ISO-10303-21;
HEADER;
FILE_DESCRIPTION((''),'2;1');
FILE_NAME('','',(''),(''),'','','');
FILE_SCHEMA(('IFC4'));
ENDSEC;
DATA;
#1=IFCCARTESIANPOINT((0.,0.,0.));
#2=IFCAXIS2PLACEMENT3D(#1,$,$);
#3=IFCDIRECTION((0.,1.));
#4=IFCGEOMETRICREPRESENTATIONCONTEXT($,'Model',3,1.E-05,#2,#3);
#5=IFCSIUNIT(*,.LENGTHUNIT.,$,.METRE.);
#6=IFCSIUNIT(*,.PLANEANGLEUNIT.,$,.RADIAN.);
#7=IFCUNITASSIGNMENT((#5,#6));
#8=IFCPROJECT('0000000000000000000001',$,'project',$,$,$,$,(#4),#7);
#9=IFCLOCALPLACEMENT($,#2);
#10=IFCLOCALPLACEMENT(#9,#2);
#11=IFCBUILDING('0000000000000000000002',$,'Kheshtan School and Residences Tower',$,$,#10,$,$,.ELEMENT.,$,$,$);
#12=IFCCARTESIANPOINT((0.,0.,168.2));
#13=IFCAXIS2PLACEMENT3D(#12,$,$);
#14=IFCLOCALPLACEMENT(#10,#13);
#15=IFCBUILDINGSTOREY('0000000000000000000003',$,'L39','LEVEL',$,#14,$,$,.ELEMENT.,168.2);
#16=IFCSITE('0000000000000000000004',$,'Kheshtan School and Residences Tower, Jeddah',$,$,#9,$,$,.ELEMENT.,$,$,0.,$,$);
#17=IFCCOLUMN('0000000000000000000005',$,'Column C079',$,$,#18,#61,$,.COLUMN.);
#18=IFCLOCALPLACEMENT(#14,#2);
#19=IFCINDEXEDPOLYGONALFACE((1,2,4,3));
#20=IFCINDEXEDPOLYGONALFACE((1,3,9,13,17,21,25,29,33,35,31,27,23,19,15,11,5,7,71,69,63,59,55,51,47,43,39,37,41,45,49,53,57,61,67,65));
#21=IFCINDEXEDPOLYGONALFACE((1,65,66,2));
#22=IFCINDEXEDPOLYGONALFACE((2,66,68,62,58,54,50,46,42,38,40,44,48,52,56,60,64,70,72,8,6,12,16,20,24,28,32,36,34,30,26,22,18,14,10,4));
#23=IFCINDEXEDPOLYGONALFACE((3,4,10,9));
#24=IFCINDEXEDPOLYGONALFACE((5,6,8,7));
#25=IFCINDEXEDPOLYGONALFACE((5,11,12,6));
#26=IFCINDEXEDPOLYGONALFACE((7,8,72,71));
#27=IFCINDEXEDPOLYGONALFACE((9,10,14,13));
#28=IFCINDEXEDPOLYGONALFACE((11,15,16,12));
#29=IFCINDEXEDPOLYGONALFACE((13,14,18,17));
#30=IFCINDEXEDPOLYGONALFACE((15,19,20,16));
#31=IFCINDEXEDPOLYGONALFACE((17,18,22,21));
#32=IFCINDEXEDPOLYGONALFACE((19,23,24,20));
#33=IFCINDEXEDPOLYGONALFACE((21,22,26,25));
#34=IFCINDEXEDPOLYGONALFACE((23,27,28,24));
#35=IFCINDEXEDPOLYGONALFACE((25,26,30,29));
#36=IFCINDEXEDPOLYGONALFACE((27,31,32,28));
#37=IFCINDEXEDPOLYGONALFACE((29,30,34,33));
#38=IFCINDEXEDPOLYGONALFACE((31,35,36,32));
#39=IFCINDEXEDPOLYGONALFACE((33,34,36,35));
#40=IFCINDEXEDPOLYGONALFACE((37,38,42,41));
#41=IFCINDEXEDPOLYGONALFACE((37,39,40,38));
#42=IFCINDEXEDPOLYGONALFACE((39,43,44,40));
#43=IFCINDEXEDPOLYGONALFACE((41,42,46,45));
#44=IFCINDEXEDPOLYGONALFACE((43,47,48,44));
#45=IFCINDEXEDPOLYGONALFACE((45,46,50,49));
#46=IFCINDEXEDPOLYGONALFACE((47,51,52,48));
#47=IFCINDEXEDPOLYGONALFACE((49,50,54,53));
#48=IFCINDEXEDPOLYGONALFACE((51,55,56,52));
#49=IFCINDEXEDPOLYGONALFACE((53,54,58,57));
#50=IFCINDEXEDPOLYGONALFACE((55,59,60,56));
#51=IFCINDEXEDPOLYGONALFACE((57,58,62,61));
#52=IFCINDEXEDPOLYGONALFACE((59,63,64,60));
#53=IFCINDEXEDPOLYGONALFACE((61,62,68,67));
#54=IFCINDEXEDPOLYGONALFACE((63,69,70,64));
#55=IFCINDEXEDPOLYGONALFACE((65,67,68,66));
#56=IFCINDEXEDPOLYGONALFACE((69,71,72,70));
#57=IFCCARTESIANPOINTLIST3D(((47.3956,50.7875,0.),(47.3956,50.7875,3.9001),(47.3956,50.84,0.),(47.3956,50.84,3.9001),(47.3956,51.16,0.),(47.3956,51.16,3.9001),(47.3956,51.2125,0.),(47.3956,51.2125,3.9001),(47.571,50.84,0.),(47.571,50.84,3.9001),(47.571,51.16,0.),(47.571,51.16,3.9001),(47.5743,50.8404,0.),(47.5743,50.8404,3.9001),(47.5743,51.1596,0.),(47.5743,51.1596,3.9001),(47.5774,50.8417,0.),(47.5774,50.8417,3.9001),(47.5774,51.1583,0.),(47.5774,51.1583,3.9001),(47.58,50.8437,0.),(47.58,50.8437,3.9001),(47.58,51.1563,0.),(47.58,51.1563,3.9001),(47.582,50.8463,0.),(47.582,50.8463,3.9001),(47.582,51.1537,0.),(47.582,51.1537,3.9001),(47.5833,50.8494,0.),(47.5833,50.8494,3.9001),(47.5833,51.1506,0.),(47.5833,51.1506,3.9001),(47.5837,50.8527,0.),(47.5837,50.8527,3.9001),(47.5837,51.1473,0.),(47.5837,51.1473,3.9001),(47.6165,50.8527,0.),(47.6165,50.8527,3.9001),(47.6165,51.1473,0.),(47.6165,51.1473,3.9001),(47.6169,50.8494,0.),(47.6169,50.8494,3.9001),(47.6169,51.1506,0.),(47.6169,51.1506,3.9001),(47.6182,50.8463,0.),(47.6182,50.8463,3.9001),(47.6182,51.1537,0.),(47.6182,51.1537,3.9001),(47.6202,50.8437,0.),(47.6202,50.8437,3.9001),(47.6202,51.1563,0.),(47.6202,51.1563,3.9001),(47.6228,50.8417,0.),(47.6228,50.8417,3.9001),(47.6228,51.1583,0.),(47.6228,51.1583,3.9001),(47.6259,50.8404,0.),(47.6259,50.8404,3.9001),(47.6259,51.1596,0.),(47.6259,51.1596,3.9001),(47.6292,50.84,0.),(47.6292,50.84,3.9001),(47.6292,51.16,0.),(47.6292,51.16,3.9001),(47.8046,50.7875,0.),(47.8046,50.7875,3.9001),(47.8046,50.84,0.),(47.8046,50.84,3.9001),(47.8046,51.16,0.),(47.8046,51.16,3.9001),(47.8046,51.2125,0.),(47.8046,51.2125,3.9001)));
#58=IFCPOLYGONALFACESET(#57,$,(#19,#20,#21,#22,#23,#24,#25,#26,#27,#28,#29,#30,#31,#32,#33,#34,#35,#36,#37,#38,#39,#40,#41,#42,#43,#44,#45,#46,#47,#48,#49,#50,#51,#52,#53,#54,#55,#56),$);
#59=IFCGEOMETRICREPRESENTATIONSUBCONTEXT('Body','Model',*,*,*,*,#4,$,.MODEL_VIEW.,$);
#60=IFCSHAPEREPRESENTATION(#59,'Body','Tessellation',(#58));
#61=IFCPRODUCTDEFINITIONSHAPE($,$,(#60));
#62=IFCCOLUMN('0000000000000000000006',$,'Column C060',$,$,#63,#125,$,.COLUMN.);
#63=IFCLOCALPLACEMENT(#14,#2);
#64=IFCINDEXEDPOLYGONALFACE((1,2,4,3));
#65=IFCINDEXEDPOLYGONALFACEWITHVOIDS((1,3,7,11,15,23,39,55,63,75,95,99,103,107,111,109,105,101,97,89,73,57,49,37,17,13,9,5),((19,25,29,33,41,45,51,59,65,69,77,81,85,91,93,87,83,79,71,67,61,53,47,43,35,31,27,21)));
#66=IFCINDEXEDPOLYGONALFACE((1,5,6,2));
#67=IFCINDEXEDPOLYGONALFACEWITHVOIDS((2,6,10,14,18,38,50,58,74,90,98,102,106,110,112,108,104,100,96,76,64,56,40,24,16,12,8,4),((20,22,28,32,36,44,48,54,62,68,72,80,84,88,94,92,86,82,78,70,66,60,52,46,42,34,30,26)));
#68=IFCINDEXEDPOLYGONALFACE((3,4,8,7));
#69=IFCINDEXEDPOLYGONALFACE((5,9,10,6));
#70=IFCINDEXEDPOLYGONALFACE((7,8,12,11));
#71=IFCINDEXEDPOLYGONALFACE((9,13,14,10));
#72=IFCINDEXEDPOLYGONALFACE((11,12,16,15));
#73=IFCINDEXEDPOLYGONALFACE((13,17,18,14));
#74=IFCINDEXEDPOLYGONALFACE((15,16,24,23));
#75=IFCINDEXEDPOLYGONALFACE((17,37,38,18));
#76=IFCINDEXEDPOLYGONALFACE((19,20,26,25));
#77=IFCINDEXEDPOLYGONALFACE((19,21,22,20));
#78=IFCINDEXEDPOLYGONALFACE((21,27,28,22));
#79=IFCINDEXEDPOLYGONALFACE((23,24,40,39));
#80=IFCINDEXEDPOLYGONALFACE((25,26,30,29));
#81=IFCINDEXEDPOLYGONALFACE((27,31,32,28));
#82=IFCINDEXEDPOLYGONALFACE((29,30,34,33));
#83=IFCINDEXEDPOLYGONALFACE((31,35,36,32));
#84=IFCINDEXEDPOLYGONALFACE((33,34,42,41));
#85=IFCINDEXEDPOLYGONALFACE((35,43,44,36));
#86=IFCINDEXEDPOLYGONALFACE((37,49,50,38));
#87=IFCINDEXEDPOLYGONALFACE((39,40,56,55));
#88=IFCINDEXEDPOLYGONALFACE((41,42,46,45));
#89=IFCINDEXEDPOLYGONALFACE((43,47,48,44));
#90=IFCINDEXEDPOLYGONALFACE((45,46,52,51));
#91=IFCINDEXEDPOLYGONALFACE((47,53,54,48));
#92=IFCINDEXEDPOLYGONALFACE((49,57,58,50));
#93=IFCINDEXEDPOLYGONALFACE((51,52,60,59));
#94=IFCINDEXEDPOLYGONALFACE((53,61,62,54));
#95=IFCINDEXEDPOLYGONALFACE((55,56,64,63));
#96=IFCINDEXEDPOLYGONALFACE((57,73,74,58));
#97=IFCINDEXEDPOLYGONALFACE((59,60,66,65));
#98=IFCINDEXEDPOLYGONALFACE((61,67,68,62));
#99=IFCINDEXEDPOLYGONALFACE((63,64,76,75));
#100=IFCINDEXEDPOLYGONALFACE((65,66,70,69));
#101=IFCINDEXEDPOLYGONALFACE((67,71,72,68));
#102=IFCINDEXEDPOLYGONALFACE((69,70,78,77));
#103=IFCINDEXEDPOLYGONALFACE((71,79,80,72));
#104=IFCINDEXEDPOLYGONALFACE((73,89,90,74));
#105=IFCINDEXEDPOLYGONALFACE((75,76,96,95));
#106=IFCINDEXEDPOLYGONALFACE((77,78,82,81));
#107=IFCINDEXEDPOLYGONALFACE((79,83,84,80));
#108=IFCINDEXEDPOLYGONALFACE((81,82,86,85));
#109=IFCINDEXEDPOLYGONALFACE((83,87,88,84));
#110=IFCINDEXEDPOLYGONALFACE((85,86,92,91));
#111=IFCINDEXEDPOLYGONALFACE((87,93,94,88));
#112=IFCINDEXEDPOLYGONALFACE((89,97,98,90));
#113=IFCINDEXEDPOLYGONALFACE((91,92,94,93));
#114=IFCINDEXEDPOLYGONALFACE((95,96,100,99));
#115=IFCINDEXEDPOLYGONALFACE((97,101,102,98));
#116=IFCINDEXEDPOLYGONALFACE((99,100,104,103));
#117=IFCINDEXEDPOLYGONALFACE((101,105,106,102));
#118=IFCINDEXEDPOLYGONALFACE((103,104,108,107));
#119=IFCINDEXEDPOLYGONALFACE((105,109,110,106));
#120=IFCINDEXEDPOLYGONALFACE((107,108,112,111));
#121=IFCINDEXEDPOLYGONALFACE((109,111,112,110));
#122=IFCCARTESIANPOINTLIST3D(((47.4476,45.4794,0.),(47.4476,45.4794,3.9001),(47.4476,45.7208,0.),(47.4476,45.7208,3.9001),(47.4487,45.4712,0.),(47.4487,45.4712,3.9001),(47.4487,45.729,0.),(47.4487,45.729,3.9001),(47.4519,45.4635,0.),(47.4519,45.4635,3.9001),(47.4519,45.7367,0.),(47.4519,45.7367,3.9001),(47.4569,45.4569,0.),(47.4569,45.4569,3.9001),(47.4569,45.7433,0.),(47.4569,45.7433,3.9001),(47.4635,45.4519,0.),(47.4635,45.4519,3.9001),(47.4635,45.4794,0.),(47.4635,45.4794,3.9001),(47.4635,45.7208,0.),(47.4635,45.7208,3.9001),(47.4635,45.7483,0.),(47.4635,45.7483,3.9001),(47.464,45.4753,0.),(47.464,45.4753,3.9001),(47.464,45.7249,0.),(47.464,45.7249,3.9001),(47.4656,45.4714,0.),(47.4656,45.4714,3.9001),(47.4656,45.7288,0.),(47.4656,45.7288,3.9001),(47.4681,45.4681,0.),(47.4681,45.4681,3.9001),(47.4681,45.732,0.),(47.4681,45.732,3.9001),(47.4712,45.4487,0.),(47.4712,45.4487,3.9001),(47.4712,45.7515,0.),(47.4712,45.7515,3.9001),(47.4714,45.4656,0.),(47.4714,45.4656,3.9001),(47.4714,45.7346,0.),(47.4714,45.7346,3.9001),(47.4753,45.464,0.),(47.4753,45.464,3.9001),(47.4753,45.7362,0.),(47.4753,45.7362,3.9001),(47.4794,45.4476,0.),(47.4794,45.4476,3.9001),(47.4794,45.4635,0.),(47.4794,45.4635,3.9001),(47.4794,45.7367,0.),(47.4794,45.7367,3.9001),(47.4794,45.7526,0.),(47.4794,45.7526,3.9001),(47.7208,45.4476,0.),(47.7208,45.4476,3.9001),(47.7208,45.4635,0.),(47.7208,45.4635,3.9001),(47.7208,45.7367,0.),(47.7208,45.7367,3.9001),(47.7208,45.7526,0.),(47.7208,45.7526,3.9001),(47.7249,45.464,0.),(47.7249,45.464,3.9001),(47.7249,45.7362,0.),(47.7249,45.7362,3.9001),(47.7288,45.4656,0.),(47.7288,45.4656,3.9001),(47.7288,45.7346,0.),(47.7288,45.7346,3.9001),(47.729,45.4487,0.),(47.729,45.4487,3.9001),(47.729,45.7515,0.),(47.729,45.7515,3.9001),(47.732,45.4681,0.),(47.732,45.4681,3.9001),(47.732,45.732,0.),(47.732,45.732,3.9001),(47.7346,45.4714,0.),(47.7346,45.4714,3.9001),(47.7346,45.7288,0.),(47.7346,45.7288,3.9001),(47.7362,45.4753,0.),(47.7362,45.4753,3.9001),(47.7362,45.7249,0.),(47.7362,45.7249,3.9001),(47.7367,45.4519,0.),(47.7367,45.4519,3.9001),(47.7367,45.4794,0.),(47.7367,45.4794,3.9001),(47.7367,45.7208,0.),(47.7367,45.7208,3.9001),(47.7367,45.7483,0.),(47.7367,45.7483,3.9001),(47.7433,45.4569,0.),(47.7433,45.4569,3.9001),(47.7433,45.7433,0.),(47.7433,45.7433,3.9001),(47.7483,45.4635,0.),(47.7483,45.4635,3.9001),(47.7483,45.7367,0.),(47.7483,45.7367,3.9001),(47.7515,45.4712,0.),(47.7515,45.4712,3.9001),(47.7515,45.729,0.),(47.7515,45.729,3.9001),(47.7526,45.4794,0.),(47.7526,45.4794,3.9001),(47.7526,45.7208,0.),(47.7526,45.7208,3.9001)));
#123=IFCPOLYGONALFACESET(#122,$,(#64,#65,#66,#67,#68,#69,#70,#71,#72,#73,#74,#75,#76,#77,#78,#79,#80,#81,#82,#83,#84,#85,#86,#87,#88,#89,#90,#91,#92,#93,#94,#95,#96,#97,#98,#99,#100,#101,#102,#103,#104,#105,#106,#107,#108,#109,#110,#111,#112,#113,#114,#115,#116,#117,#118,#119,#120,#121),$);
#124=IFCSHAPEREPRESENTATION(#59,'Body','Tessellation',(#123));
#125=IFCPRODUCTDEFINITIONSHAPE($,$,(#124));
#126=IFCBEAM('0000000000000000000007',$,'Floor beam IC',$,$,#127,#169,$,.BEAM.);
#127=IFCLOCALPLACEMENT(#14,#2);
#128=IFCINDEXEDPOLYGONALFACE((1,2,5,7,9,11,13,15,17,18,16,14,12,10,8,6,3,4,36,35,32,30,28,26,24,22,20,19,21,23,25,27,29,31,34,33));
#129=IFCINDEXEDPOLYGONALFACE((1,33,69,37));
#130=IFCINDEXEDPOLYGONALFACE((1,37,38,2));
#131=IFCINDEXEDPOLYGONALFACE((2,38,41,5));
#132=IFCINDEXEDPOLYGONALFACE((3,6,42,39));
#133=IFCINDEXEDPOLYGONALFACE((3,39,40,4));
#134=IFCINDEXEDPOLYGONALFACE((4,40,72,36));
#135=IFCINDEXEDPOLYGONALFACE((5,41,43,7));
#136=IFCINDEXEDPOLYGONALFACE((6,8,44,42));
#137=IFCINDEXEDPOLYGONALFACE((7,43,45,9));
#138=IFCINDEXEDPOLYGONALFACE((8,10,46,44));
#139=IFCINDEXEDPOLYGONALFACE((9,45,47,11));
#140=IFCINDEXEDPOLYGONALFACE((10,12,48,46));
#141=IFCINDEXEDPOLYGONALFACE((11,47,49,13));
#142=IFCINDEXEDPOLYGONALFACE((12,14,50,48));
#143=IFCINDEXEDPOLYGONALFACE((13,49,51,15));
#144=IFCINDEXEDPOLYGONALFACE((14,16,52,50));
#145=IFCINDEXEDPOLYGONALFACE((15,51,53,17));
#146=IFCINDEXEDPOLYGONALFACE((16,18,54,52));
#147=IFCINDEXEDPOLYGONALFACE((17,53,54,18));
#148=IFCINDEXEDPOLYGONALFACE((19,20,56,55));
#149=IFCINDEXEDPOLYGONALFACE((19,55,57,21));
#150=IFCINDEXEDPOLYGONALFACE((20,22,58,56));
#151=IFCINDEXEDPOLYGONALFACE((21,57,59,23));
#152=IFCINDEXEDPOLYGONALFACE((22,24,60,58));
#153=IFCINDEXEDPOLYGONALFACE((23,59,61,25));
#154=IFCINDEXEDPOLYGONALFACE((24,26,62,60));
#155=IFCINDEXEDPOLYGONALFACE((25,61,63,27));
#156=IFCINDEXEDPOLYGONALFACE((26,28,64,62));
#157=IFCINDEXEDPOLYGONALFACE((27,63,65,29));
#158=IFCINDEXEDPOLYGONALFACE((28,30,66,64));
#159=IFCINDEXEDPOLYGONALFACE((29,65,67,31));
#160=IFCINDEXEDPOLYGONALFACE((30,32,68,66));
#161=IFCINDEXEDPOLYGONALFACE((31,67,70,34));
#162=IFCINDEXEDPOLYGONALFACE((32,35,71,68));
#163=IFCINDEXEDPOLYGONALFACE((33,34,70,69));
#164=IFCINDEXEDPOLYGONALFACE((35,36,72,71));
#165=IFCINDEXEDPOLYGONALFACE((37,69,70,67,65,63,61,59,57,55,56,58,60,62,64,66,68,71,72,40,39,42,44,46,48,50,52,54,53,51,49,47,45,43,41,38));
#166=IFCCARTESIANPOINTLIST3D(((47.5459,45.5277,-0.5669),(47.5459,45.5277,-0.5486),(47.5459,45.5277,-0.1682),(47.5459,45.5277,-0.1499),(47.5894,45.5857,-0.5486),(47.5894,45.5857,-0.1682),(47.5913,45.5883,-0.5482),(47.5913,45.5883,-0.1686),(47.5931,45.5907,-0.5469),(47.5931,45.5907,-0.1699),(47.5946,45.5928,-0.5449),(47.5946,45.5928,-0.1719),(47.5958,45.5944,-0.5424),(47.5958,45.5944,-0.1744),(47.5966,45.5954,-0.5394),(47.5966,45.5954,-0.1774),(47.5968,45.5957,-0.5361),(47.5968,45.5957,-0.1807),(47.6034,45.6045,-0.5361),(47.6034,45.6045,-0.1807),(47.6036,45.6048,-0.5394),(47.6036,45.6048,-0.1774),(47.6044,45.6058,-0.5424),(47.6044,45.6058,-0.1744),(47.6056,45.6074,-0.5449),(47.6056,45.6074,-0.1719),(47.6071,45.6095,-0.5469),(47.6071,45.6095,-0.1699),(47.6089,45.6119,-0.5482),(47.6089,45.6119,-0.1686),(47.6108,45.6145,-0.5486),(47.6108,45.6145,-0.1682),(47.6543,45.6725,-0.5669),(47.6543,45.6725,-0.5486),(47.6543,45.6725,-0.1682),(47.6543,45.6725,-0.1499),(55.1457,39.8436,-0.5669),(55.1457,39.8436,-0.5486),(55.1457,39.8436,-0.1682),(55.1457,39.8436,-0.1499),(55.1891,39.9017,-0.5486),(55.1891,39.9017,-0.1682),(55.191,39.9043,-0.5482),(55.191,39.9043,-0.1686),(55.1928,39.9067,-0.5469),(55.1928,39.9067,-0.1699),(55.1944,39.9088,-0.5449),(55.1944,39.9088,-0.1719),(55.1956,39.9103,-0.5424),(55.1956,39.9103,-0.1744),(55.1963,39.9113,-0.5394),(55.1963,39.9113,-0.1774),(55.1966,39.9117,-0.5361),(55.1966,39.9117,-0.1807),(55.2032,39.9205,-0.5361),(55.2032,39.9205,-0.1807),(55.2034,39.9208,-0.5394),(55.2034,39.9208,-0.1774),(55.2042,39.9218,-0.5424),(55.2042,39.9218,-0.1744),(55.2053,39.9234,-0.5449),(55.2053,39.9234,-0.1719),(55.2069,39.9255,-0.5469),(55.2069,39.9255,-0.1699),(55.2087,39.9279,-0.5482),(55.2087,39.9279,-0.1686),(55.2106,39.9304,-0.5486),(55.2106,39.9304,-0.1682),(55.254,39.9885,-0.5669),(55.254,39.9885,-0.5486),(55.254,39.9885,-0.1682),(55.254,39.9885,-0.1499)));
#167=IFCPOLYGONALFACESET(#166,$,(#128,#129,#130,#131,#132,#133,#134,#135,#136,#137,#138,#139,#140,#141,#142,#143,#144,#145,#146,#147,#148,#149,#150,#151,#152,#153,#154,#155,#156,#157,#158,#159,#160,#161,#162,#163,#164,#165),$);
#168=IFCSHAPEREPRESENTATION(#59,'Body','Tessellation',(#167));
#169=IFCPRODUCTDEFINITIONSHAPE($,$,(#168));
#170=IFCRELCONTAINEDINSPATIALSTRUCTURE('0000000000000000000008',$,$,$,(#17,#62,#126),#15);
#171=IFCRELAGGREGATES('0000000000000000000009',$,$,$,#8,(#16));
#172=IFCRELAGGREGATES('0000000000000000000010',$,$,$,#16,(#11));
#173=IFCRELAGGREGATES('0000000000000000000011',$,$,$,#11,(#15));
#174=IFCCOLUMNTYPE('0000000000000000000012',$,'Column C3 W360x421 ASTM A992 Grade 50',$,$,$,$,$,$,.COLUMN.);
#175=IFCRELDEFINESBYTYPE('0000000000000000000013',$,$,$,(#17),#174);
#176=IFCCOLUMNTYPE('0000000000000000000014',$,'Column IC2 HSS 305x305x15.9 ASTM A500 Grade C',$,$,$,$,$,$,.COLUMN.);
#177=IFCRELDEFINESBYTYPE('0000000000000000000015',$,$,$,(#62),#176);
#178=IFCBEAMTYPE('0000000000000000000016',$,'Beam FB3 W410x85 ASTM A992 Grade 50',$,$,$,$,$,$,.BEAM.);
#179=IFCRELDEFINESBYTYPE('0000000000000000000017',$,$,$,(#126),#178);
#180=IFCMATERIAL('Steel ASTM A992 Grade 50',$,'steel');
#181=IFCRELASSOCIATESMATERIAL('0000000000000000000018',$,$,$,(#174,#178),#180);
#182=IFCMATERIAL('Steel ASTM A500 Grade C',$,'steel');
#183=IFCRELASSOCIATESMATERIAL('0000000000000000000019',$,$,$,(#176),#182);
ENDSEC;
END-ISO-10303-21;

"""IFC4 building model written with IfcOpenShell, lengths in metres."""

from ifc_helpers import new_model, si_unit, direction, frame, origin, origin_2d, place, context, subcontext, project, spatial, hollow_rectangle, i_section, extrude, material, material_profile, profile_set, type_object, element, save


model = new_model("IFC4")

# Units and contexts
model_context = context("Model", 3, precision=1e-05, world=origin(), true_north=direction((0.0, 1.0)))
body_context = subcontext(model_context, "Body", "Model", "MODEL_VIEW")
ifc_project = project(units=[si_unit("LENGTHUNIT", "METRE"), si_unit("PLANEANGLEUNIT", "RADIAN")], contexts=[model_context])

# Site, building, storey
site_placement = place(None, origin())
site = spatial("IfcSite", under=ifc_project, at=site_placement, Name="Kheshtan School and Residences Tower, Jeddah", CompositionType="ELEMENT", RefElevation=0.0)
building_placement = place(site_placement, origin())
building = spatial("IfcBuilding", under=site, at=building_placement, Name="Kheshtan School and Residences Tower", CompositionType="ELEMENT")
storey_placement = place(building_placement, frame((0.0, 0.0, 168.2)))
storey = spatial("IfcBuildingStorey", under=building, at=storey_placement, Name="L39", Description="LEVEL", CompositionType="ELEMENT", Elevation=168.2)

# Columns
ifc_material_1 = material(Name="Steel ASTM A992 Grade 50", Category="steel")
ifc_material_profile_1 = material_profile(ifc_material_1, i_section(OverallWidth=0.4089, OverallDepth=0.425, WebThickness=0.0327, FlangeThickness=0.0525, FilletRadius=0.0127, at=origin_2d()), Name="W360x421")
ifc_profile_set_1 = profile_set([ifc_material_profile_1], Name="Steel ASTM A992 Grade 50")
column_type_1 = type_object("IfcColumnType", Name="Column C3 W360x421 ASTM A992 Grade 50", PredefinedType="COLUMN", material=ifc_profile_set_1)
for number, where, z_axis, x_axis, name in (
    (1, (47.6001, 51.0, 0.0), (0.0, 0.0, 1.0), (1.0, 0.0, 0.0), "Column C079"),
):
    element("IfcColumn", number, at=place(storey_placement, frame(where, z_axis=z_axis, x_axis=x_axis)), inside=storey, type_object=column_type_1, Name=name, PredefinedType="COLUMN", context=body_context, shape_type="SweptSolid", body=[
        extrude(i_section(OverallWidth=0.4089, OverallDepth=0.425, WebThickness=0.0327, FlangeThickness=0.0525, FilletRadius=0.0127, at=origin_2d()), origin(), (0.0, 0.0, 1.0), 3.9001),
    ])
ifc_material_2 = material(Name="Steel ASTM A500 Grade C", Category="steel")
ifc_material_profile_2 = material_profile(ifc_material_2, hollow_rectangle(XDim=0.3049, YDim=0.3049, WallThickness=0.0159, InnerFilletRadius=0.0159, OuterFilletRadius=0.0317, at=origin_2d()), Name="HSS 305x305x15.9")
ifc_profile_set_2 = profile_set([ifc_material_profile_2], Name="Steel ASTM A500 Grade C")
column_type_2 = type_object("IfcColumnType", Name="Column IC2 HSS 305x305x15.9 ASTM A500 Grade C", PredefinedType="COLUMN", material=ifc_profile_set_2)
column_placement = place(storey_placement, frame((47.6001, 45.6001, 0.0), z_axis=(0.0, 0.0, 1.0), x_axis=(1.0, 0.0, 0.0)))
element("IfcColumn", 2, at=column_placement, inside=storey, type_object=column_type_2, Name="Column C060", PredefinedType="COLUMN", context=body_context, shape_type="SweptSolid", body=[
    extrude(hollow_rectangle(XDim=0.3049, YDim=0.3049, WallThickness=0.0159, InnerFilletRadius=0.0159, OuterFilletRadius=0.0317, at=origin_2d()), origin(), (0.0, 0.0, 1.0), 3.9001),
])

# Beam
ifc_material_profile_3 = material_profile(ifc_material_1, i_section(OverallWidth=0.1809, OverallDepth=0.417, WebThickness=0.011, FlangeThickness=0.0183, FilletRadius=0.0125, at=origin_2d()), Name="W410x85")
ifc_profile_set_3 = profile_set([ifc_material_profile_3], Name="Steel ASTM A992 Grade 50")
beam_type_1 = type_object("IfcBeamType", Name="Beam FB3 W410x85 ASTM A992 Grade 50", PredefinedType="BEAM", material=ifc_profile_set_3)
beam_1_placement = place(storey_placement, frame((47.6001, 45.6001, -0.3584), z_axis=(0.800799, -0.598933, 0.0), x_axis=(0.598933, 0.800799, 0.0)))
element("IfcBeam", 3, at=beam_1_placement, inside=storey, type_object=beam_type_1, Name="Floor beam IC", PredefinedType="BEAM", context=body_context, shape_type="SweptSolid", body=[
    extrude(i_section(OverallWidth=0.1809, OverallDepth=0.417, WebThickness=0.011, FlangeThickness=0.0183, FilletRadius=0.0125, at=origin_2d()), origin(), (0.0, 0.0, 1.0), 9.4902),
])

save(model, "model.ifc")
